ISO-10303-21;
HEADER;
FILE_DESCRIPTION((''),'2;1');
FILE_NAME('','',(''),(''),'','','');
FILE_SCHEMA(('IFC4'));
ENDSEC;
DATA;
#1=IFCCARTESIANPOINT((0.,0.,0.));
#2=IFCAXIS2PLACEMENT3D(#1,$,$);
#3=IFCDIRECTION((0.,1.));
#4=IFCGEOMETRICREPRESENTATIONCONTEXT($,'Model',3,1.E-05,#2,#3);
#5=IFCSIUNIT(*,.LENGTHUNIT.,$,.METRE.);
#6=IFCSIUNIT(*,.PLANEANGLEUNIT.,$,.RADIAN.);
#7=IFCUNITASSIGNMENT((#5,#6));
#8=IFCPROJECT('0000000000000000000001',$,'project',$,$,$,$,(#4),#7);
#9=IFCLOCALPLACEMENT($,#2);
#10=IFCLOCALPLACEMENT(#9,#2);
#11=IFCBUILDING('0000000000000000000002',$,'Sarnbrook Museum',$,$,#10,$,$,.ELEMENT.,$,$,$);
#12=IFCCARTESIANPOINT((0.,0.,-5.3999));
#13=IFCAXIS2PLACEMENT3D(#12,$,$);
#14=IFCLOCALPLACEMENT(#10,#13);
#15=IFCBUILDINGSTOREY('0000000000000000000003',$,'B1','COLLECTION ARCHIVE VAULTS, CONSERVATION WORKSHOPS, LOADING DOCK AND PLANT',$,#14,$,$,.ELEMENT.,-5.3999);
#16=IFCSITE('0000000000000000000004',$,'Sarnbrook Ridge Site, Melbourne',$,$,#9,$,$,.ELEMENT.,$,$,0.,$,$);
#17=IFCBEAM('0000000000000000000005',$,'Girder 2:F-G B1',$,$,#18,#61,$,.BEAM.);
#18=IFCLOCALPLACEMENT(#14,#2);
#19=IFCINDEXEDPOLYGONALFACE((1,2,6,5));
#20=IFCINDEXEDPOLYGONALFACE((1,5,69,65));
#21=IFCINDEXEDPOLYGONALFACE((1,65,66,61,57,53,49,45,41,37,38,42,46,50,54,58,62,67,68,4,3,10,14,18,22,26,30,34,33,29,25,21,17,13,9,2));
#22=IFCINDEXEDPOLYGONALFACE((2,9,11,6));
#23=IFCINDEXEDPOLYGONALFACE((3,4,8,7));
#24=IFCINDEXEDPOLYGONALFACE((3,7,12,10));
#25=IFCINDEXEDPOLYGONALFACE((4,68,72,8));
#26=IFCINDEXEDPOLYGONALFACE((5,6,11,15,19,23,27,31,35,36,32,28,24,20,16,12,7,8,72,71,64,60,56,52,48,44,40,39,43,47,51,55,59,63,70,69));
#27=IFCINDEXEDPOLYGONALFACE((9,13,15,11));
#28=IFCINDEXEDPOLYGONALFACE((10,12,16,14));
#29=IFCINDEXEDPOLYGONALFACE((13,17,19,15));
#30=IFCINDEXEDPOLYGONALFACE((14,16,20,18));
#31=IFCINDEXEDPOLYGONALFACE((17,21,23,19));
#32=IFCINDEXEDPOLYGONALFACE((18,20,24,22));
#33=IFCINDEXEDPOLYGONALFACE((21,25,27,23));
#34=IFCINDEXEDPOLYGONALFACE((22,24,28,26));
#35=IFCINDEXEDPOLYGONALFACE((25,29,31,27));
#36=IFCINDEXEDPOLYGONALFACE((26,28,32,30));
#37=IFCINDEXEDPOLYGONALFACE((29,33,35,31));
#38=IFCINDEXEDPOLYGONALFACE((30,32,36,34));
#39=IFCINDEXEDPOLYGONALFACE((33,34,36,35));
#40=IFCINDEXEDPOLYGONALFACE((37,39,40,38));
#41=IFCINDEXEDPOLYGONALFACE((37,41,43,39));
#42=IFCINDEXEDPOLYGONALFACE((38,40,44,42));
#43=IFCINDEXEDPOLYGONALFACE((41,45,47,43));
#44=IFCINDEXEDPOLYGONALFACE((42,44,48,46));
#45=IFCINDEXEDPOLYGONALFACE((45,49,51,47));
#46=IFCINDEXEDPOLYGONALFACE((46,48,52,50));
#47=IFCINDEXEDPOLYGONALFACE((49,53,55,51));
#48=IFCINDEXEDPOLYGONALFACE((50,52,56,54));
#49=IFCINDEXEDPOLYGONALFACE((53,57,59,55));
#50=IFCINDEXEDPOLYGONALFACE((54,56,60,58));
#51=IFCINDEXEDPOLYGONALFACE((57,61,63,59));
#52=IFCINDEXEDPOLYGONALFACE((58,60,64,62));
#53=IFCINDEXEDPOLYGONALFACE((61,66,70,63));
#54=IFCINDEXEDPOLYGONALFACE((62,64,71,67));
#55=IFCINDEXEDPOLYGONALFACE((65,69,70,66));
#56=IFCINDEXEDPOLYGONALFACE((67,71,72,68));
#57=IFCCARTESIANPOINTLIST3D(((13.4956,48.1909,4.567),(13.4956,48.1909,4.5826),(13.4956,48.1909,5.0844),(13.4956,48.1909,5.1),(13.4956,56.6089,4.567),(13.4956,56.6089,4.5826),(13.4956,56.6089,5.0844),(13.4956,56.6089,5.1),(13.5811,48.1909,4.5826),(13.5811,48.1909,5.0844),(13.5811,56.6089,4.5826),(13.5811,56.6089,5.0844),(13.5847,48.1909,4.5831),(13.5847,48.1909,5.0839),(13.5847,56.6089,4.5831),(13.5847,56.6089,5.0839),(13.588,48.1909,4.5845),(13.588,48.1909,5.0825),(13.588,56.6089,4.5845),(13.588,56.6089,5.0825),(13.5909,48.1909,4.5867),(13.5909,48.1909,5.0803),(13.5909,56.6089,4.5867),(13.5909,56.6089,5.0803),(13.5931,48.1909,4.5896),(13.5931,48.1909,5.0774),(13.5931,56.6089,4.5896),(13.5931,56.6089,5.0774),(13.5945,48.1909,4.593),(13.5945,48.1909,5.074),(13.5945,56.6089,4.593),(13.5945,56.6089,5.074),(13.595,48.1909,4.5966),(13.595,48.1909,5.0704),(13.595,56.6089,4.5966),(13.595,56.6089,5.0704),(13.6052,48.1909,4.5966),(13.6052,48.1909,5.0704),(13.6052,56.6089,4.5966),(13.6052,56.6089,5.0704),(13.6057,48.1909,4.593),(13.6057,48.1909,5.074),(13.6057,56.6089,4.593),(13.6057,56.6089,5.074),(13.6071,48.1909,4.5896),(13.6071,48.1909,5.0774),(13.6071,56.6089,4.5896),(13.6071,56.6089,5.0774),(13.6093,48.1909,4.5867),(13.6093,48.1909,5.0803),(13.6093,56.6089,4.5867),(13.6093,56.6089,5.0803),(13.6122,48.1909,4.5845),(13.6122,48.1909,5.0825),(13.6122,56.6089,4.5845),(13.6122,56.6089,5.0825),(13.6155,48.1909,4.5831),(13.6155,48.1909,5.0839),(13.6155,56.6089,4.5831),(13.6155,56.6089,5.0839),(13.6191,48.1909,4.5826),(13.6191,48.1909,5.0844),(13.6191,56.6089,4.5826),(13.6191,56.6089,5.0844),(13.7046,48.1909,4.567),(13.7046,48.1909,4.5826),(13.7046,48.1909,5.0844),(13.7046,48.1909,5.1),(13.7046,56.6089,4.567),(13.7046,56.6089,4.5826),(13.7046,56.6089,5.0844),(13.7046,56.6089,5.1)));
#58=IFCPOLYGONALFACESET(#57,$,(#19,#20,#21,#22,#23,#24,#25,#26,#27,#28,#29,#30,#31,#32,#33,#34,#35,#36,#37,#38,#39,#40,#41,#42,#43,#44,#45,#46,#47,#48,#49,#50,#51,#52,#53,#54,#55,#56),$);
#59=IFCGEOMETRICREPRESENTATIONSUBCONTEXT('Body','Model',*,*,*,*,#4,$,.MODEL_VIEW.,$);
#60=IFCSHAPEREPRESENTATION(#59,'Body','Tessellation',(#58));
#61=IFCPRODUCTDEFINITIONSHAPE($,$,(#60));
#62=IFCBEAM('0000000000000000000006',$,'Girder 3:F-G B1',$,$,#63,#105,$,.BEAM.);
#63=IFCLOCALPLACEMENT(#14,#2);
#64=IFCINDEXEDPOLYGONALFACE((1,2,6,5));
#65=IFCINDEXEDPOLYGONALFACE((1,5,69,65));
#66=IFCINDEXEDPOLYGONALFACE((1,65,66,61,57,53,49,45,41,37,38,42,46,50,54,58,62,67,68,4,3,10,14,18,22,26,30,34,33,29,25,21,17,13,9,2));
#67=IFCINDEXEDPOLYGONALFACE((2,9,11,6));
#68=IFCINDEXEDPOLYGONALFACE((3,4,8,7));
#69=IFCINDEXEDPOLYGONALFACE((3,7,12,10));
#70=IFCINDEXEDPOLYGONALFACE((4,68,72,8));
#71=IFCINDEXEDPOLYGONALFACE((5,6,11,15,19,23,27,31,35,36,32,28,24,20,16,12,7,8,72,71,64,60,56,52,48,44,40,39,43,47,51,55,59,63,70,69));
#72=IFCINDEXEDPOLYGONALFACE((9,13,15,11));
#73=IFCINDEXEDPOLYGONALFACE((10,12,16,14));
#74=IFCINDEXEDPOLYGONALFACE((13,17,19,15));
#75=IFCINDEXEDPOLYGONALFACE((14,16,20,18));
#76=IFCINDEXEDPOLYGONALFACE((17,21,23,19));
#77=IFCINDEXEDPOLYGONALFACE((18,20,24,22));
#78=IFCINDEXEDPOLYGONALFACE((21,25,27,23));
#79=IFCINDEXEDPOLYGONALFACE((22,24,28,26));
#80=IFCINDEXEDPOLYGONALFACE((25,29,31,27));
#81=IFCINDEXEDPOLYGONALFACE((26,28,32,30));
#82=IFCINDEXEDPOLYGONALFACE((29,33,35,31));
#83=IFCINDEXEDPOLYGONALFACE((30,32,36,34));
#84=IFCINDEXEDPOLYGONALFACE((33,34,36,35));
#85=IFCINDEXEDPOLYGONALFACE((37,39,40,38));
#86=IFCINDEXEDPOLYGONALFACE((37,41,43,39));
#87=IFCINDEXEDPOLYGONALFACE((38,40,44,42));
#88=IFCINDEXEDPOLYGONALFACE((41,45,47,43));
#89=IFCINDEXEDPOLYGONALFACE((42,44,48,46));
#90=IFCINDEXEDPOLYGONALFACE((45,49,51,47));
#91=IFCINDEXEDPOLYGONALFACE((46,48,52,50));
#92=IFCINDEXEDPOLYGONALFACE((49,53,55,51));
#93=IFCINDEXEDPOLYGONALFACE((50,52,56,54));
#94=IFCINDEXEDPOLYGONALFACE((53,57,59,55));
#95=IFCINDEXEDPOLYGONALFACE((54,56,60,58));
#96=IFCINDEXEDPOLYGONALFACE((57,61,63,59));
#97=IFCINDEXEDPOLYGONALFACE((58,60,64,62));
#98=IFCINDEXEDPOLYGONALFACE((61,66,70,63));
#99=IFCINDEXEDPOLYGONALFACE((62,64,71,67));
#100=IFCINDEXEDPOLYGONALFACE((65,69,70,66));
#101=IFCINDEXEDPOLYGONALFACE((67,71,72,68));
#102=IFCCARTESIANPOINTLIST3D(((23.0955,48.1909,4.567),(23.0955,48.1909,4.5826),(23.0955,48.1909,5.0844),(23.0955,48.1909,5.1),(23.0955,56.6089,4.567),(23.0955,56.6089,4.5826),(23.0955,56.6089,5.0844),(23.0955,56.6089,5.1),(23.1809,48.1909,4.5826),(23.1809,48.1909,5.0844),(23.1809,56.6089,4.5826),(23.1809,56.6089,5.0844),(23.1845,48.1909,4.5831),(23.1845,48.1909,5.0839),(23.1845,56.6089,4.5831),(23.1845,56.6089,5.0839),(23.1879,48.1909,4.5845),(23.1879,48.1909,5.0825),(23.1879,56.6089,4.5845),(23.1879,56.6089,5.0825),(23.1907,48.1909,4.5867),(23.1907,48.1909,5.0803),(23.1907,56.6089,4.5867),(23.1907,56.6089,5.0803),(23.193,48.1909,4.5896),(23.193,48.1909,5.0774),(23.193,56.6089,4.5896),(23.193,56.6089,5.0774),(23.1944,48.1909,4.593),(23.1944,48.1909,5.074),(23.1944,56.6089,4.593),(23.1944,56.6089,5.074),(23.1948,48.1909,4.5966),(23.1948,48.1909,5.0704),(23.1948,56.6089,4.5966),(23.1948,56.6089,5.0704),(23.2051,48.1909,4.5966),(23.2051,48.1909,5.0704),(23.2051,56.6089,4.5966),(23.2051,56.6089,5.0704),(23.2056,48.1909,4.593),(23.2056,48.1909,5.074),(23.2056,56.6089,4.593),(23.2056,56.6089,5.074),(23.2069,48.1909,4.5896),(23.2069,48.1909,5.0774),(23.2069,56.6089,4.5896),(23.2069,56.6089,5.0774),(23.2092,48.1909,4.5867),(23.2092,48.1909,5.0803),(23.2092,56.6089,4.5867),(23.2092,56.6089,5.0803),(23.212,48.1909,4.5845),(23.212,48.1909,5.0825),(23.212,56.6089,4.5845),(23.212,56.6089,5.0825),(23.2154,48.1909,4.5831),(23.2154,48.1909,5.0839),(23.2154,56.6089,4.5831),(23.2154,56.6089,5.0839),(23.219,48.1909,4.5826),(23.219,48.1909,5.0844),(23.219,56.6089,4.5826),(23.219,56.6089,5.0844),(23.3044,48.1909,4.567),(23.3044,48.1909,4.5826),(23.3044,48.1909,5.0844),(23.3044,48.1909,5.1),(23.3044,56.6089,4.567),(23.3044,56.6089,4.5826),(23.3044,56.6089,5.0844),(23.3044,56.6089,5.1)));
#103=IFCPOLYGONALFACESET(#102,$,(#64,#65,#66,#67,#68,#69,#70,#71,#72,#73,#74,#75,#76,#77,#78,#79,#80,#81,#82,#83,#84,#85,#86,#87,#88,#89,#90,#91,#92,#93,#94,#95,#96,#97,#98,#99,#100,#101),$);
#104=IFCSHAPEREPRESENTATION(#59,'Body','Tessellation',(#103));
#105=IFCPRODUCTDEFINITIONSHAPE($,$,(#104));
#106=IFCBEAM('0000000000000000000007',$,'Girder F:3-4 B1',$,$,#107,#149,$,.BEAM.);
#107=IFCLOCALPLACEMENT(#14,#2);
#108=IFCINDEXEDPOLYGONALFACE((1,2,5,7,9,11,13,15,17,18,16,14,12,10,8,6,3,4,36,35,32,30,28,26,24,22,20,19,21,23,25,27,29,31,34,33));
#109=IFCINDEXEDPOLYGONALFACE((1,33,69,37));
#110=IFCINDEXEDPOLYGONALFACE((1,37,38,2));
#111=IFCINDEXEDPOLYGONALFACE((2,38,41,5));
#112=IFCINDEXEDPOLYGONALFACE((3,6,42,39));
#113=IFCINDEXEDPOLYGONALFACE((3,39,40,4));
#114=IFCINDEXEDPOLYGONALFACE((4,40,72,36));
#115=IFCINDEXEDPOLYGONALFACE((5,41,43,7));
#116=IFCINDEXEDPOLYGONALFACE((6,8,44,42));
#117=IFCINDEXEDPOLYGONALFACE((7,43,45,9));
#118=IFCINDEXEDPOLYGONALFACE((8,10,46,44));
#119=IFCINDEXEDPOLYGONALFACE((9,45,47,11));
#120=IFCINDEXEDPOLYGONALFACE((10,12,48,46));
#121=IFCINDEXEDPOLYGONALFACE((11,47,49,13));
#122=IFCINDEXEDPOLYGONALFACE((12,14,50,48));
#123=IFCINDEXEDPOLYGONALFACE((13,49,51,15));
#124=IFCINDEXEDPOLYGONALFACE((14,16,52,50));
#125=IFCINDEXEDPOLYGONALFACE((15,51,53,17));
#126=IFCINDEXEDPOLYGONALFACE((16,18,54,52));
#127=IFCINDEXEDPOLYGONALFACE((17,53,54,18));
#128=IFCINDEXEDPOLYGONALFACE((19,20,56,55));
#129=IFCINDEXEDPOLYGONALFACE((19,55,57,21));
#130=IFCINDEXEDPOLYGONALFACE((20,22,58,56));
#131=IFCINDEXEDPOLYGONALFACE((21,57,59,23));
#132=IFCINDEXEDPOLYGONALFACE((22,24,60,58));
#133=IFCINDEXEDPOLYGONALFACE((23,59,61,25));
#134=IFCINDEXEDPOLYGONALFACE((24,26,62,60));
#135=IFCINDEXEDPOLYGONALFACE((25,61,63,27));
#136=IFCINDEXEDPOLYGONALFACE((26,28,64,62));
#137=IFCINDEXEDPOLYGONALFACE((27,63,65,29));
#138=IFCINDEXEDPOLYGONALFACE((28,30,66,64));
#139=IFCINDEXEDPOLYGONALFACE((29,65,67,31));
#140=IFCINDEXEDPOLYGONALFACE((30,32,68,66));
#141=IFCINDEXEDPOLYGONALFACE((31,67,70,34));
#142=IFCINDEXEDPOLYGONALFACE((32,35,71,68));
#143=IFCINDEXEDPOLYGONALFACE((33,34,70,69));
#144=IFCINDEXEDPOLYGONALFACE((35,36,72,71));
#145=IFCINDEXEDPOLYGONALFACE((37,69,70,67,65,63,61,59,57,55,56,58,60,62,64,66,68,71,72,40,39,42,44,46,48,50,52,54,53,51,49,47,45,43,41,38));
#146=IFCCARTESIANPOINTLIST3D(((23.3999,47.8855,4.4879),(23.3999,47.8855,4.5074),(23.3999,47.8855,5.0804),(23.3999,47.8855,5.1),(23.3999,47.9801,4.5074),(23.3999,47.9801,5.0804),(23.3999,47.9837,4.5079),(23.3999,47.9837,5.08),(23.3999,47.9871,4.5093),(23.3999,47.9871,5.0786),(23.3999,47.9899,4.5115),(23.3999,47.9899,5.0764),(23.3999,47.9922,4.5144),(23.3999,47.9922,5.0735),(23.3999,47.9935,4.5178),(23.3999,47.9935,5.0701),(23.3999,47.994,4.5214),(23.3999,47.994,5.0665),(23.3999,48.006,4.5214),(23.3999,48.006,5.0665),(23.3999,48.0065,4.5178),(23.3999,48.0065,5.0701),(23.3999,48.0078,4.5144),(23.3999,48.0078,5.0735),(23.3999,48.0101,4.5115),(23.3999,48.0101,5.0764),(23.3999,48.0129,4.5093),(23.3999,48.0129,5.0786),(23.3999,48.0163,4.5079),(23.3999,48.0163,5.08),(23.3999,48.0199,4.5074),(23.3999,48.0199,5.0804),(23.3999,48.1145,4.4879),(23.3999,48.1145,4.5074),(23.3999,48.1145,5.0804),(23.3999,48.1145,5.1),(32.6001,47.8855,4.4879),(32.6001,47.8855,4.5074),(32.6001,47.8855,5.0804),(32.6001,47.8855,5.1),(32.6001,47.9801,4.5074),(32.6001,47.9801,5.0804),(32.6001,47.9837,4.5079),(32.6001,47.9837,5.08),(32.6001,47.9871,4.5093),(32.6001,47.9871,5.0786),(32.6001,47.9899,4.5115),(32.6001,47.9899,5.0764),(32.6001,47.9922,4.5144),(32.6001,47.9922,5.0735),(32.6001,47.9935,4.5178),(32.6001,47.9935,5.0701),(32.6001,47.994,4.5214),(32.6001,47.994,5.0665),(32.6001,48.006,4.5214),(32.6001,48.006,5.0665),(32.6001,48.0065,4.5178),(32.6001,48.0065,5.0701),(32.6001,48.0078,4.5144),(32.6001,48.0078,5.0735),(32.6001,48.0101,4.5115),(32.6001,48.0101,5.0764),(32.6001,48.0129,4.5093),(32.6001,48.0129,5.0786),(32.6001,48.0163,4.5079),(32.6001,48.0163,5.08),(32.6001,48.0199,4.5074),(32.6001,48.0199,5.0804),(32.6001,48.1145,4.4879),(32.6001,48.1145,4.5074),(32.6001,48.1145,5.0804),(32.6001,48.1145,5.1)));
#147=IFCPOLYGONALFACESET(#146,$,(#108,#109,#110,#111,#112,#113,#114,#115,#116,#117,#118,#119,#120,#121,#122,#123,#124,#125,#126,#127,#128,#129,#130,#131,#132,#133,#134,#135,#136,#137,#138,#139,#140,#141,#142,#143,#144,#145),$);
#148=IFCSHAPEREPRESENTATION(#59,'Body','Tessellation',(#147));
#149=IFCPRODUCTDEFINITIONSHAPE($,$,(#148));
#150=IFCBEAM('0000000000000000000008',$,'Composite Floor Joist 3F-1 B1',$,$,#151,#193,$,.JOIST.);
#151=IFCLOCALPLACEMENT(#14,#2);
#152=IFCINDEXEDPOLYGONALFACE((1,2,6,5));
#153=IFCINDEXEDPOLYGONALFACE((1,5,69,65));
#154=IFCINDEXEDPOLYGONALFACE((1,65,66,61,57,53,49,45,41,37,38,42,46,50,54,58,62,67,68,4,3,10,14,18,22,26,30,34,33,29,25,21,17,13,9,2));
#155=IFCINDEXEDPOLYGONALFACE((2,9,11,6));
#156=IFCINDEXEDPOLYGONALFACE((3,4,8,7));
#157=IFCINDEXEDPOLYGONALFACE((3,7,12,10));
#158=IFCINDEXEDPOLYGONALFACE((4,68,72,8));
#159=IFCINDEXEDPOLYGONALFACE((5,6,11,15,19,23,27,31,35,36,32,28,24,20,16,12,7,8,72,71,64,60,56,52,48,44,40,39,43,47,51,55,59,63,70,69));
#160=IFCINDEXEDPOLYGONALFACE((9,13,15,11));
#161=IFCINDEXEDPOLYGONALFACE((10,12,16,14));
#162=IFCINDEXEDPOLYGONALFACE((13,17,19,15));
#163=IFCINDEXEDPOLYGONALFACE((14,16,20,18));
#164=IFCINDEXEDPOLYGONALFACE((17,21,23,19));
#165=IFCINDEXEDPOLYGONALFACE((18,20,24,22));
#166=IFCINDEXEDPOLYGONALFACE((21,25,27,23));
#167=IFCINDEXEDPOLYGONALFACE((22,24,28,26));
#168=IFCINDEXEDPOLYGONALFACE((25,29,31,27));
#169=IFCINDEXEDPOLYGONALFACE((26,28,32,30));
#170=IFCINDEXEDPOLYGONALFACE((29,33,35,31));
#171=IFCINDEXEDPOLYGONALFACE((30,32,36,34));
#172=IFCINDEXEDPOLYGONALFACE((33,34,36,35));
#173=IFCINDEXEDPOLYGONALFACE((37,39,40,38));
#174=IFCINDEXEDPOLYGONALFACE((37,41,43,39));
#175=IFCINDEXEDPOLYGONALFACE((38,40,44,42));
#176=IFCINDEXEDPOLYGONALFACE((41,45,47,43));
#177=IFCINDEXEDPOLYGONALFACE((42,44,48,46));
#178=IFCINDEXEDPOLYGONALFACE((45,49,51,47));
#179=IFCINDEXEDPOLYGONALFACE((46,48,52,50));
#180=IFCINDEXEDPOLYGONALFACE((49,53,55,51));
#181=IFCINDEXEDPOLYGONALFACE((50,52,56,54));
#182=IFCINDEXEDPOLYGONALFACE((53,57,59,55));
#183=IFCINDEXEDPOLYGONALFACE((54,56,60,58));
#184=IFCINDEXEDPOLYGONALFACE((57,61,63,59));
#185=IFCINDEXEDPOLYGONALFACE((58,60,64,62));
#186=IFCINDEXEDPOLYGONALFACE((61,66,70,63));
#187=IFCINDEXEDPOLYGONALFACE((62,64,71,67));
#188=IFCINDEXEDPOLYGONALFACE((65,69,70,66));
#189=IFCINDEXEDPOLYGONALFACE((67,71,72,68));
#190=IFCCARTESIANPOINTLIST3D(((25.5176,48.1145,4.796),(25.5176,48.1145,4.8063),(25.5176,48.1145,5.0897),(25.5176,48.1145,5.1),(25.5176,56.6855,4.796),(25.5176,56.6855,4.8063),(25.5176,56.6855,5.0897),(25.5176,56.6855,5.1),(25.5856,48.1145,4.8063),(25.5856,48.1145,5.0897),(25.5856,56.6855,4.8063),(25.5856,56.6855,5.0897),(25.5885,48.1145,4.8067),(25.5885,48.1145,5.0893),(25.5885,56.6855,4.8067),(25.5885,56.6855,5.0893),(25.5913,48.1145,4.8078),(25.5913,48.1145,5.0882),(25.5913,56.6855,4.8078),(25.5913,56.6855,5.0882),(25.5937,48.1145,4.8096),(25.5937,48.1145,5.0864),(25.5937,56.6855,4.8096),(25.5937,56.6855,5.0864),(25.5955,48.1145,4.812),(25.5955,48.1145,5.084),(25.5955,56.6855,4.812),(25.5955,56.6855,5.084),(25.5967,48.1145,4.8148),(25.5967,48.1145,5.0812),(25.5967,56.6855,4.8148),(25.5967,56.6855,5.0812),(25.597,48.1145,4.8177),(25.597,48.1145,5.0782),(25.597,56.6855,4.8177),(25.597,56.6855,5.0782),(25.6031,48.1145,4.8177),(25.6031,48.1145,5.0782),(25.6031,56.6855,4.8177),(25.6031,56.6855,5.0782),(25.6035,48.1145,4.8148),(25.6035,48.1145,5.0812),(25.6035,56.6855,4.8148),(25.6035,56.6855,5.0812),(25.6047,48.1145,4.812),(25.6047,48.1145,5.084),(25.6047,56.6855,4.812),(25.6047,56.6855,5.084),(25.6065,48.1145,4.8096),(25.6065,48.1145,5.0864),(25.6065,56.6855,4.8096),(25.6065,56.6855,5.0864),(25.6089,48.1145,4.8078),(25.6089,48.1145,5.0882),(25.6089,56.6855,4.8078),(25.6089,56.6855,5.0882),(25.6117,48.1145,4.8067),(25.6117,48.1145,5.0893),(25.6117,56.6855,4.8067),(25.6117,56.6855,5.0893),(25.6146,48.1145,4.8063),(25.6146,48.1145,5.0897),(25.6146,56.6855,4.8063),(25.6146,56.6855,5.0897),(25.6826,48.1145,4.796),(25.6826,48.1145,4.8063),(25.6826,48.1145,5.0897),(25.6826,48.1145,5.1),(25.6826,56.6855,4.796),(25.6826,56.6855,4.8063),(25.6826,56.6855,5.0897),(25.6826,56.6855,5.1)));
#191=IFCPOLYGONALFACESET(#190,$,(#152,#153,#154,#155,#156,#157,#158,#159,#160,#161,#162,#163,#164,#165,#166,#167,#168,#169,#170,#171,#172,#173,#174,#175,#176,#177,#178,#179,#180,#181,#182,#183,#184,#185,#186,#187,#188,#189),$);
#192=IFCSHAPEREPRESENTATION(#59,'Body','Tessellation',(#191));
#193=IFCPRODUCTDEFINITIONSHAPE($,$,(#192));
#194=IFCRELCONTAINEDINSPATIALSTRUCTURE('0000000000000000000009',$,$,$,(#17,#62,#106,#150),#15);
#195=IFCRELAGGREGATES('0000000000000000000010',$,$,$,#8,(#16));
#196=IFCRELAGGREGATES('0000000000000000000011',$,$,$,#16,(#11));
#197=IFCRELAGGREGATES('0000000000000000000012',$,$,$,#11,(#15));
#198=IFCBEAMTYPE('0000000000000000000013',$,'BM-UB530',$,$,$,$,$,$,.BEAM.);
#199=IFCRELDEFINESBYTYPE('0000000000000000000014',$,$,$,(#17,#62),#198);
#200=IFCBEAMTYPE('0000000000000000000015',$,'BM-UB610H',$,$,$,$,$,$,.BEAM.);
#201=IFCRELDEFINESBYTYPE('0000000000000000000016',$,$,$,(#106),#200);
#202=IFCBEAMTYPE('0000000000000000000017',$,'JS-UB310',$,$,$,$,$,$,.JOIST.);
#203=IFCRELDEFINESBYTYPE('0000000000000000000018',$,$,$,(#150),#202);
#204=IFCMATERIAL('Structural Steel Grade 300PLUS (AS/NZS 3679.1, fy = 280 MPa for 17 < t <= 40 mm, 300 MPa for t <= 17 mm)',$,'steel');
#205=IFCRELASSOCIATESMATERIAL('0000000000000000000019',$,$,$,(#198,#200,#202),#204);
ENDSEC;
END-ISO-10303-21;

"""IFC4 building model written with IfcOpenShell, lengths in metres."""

from ifc_helpers import new_model, si_unit, direction, frame, origin, origin_2d, place, context, subcontext, project, spatial, i_section, extrude, material, material_profile, profile_set, type_object, element, save


model = new_model("IFC4")

# Units and contexts
model_context = context("Model", 3, precision=1e-05, world=origin(), true_north=direction((0.0, 1.0)))
body_context = subcontext(model_context, "Body", "Model", "MODEL_VIEW")
ifc_project = project(units=[si_unit("LENGTHUNIT", "METRE"), si_unit("PLANEANGLEUNIT", "RADIAN")], contexts=[model_context])

# Site, building, storey
site_placement = place(None, origin())
site = spatial("IfcSite", under=ifc_project, at=site_placement, Name="Sarnbrook Ridge Site, Melbourne", CompositionType="ELEMENT", RefElevation=0.0)
building_placement = place(site_placement, origin())
building = spatial("IfcBuilding", under=site, at=building_placement, Name="Sarnbrook Museum", CompositionType="ELEMENT")
storey_placement = place(building_placement, frame((0.0, 0.0, -5.3999)))
storey = spatial("IfcBuildingStorey", under=building, at=storey_placement, Name="B1", Description="COLLECTION ARCHIVE VAULTS, CONSERVATION WORKSHOPS, LOADING DOCK AND PLANT", CompositionType="ELEMENT", Elevation=-5.3999)

# Beams
ifc_material_1 = material(Name="Structural Steel Grade 300PLUS (AS/NZS 3679.1, fy = 280 MPa for 17 < t <= 40 mm, 300 MPa for t <= 17 mm)", Category="steel")
ifc_material_profile_1 = material_profile(ifc_material_1, i_section(OverallWidth=0.209, OverallDepth=0.533, WebThickness=0.0103, FlangeThickness=0.0156, FilletRadius=0.0139, at=origin_2d()), Name="530UB92.4")
ifc_profile_set_1 = profile_set([ifc_material_profile_1], Name="Structural Steel Grade 300PLUS (AS/NZS 3679.1, fy = 280 MPa for 17 < t <= 40 mm, 300 MPa for t <= 17 mm)")
beam_type_1 = type_object("IfcBeamType", Name="BM-UB530", PredefinedType="BEAM", material=ifc_profile_set_1)
for number, where, z_axis, x_axis, name in (
    (1, (13.6001, 48.1909, 4.8335), (0.0, 1.0, 0.0), (-1.0, 0.0, 0.0), "Girder 2:F-G B1"),
    (2, (23.2, 48.1909, 4.8335), (0.0, 1.0, 0.0), (-1.0, 0.0, 0.0), "Girder 3:F-G B1"),
):
    element("IfcBeam", number, at=place(storey_placement, frame(where, z_axis=z_axis, x_axis=x_axis)), inside=storey, type_object=beam_type_1, Name=name, PredefinedType="BEAM", context=body_context, shape_type="SweptSolid", body=[
        extrude(i_section(OverallWidth=0.209, OverallDepth=0.533, WebThickness=0.0103, FlangeThickness=0.0156, FilletRadius=0.0139, at=origin_2d()), origin(), (0.0, 0.0, 1.0), 8.418),
    ])
ifc_material_profile_2 = material_profile(ifc_material_1, i_section(OverallWidth=0.229, OverallDepth=0.6121, WebThickness=0.012, FlangeThickness=0.0195, FilletRadius=0.0139, at=origin_2d()), Name="610UB125")
ifc_profile_set_2 = profile_set([ifc_material_profile_2], Name="Structural Steel Grade 300PLUS (AS/NZS 3679.1, fy = 280 MPa for 17 < t <= 40 mm, 300 MPa for t <= 17 mm)")
beam_type_2 = type_object("IfcBeamType", Name="BM-UB610H", PredefinedType="BEAM", material=ifc_profile_set_2)
beam_placement = place(storey_placement, frame((23.3999, 48.0, 4.7939), z_axis=(1.0, 0.0, 0.0), x_axis=(0.0, 1.0, 0.0)))
element("IfcBeam", 3, at=beam_placement, inside=storey, type_object=beam_type_2, Name="Girder F:3-4 B1", PredefinedType="BEAM", context=body_context, shape_type="SweptSolid", body=[
    extrude(i_section(OverallWidth=0.229, OverallDepth=0.6121, WebThickness=0.012, FlangeThickness=0.0195, FilletRadius=0.0139, at=origin_2d()), origin(), (0.0, 0.0, 1.0), 9.2002),
])
ifc_material_profile_3 = material_profile(ifc_material_1, i_section(OverallWidth=0.165, OverallDepth=0.304, WebThickness=0.0061, FlangeThickness=0.0103, FilletRadius=0.0115, at=origin_2d()), Name="310UB40.4")
ifc_profile_set_3 = profile_set([ifc_material_profile_3], Name="Structural Steel Grade 300PLUS (AS/NZS 3679.1, fy = 280 MPa for 17 < t <= 40 mm, 300 MPa for t <= 17 mm)")
beam_type_3 = type_object("IfcBeamType", Name="JS-UB310", PredefinedType="JOIST", material=ifc_profile_set_3)
for number, where, z_axis, x_axis, name in (
    (4, (25.6001, 48.1145, 4.948), (0.0, 1.0, 0.0), (-1.0, 0.0, 0.0), "Composite Floor Joist 3F-1 B1"),
):
    element("IfcBeam", number, at=place(storey_placement, frame(where, z_axis=z_axis, x_axis=x_axis)), inside=storey, type_object=beam_type_3, Name=name, PredefinedType="JOIST", context=body_context, shape_type="SweptSolid", body=[
        extrude(i_section(OverallWidth=0.165, OverallDepth=0.304, WebThickness=0.0061, FlangeThickness=0.0103, FilletRadius=0.0115, at=origin_2d()), origin(), (0.0, 0.0, 1.0), 8.571),
    ])

save(model, "model.ifc")
